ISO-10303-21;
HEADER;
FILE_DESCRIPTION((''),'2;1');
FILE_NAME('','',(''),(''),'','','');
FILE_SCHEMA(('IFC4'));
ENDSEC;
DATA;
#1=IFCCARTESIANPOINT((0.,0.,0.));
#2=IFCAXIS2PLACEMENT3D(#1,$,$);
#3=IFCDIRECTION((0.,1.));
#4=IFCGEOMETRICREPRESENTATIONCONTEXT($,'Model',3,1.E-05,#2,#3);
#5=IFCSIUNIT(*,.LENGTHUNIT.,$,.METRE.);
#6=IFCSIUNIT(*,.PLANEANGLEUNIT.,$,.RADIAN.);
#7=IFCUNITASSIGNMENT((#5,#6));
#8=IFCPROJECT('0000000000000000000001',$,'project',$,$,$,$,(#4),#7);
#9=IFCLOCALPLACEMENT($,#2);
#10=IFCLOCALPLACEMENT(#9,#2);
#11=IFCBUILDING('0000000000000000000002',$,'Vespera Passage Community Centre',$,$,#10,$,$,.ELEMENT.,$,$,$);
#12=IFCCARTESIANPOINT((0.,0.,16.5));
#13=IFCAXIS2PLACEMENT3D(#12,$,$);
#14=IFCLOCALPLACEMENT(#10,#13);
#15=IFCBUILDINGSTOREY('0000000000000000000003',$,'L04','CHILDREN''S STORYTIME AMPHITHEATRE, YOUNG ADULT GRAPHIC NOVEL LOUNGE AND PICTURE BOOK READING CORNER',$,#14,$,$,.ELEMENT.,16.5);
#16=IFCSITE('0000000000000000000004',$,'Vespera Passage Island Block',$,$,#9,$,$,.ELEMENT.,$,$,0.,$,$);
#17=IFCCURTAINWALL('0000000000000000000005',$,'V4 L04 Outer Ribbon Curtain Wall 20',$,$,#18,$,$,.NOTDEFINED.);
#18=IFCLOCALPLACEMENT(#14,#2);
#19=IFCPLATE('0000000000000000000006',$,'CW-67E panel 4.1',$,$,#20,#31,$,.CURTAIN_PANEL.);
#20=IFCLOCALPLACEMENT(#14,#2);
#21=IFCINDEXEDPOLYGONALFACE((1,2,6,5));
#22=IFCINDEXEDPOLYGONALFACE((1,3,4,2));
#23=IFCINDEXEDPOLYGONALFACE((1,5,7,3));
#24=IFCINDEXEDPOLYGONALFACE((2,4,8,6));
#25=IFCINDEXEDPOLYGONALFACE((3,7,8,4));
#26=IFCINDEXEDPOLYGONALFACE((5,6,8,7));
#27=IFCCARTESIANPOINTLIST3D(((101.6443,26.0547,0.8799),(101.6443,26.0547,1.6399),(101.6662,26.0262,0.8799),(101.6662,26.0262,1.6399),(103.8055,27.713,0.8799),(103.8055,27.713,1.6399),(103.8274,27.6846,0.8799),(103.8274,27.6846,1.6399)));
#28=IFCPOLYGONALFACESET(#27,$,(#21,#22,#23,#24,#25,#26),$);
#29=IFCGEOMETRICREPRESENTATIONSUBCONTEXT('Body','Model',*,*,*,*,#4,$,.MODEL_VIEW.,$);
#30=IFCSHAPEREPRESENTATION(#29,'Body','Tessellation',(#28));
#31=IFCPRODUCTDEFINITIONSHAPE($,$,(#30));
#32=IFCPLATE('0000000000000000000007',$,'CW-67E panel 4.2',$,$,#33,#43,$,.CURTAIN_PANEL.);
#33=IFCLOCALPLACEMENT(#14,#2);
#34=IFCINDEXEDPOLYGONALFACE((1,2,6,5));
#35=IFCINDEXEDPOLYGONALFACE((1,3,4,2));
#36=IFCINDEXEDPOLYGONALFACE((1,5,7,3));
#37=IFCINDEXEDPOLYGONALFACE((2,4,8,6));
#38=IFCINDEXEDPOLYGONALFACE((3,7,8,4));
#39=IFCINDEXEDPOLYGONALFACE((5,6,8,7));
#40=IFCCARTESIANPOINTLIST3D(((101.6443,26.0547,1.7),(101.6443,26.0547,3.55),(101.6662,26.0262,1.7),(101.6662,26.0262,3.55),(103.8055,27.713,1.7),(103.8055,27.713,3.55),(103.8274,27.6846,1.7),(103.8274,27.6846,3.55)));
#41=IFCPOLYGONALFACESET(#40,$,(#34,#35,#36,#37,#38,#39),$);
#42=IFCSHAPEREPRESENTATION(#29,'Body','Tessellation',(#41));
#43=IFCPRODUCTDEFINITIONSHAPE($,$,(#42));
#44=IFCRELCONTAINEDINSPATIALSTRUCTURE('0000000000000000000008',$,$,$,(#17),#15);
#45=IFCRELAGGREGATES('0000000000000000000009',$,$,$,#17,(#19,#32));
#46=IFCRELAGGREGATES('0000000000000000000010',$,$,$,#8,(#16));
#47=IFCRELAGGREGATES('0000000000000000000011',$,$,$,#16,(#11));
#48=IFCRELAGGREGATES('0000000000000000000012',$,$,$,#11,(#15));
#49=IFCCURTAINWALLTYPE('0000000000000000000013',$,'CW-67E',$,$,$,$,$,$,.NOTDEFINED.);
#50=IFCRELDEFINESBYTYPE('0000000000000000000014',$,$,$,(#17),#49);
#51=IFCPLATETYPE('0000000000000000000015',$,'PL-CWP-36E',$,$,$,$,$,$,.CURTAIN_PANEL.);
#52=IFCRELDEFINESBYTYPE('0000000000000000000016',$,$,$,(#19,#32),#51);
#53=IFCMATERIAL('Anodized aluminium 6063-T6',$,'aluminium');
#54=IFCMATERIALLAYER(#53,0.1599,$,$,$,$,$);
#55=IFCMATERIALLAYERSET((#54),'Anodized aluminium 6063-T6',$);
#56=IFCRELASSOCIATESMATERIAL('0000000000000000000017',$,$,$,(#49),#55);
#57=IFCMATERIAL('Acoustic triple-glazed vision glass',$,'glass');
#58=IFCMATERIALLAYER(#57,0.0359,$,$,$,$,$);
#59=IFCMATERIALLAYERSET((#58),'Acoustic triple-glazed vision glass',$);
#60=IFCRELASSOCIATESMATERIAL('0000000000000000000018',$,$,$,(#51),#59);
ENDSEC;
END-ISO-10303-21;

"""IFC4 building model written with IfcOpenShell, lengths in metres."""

from ifc_helpers import new_model, si_unit, direction, frame, origin, origin_2d, place, context, subcontext, project, spatial, rectangle, extrude, material, layer, layer_set, type_object, element, aggregate, save


model = new_model("IFC4")

# Units and contexts
model_context = context("Model", 3, precision=1e-05, world=origin(), true_north=direction((0.0, 1.0)))
body_context = subcontext(model_context, "Body", "Model", "MODEL_VIEW")
ifc_project = project(units=[si_unit("LENGTHUNIT", "METRE"), si_unit("PLANEANGLEUNIT", "RADIAN")], contexts=[model_context])

# Site, building, storey
site_placement = place(None, origin())
site = spatial("IfcSite", under=ifc_project, at=site_placement, Name="Vespera Passage Island Block", CompositionType="ELEMENT", RefElevation=0.0)
building_placement = place(site_placement, origin())
building = spatial("IfcBuilding", under=site, at=building_placement, Name="Vespera Passage Community Centre", CompositionType="ELEMENT")
storey_placement = place(building_placement, frame((0.0, 0.0, 16.5)))
storey = spatial("IfcBuildingStorey", under=building, at=storey_placement, Name="L04", Description="CHILDREN'S STORYTIME AMPHITHEATRE, YOUNG ADULT GRAPHIC NOVEL LOUNGE AND PICTURE BOOK READING CORNER", CompositionType="ELEMENT", Elevation=16.5)

# Curtain wall
ifc_material_1 = material(Name="Anodized aluminium 6063-T6", Category="aluminium")
ifc_layer_1 = layer(ifc_material_1, 0.1599)
ifc_layer_set_1 = layer_set([ifc_layer_1], Name="Anodized aluminium 6063-T6")
curtain_wall_type_1 = type_object("IfcCurtainWallType", Name="CW-67E", PredefinedType="NOTDEFINED", material=ifc_layer_set_1)
curtain_wall_1_placement = place(storey_placement, origin())
curtain_wall_1 = element("IfcCurtainWall", 1, at=curtain_wall_1_placement, inside=storey, type_object=curtain_wall_type_1, Name="V4 L04 Outer Ribbon Curtain Wall 20", PredefinedType="NOTDEFINED")

# Plates
ifc_material_2 = material(Name="Acoustic triple-glazed vision glass", Category="glass")
ifc_layer_2 = layer(ifc_material_2, 0.0359)
ifc_layer_set_2 = layer_set([ifc_layer_2], Name="Acoustic triple-glazed vision glass")
plate_type = type_object("IfcPlateType", Name="PL-CWP-36E", PredefinedType="CURTAIN_PANEL", material=ifc_layer_set_2)
plate_1_placement = place(storey_placement, frame((102.7358, 26.8696, 0.8799), z_axis=(0.0, 0.0, 1.0), x_axis=(-0.793348, -0.608768, 0.0)))
plate_1 = element("IfcPlate", 2, at=plate_1_placement, type_object=plate_type, Name="CW-67E panel 4.1", PredefinedType="CURTAIN_PANEL", context=body_context, shape_type="SweptSolid", body=[
    extrude(rectangle(XDim=2.7241, YDim=0.0359, at=origin_2d()), origin(), (0.0, 0.0, 1.0), 0.76),
])
plate_2_placement = place(storey_placement, frame((102.7358, 26.8696, 1.7), z_axis=(0.0, 0.0, 1.0), x_axis=(-0.793348, -0.608768, 0.0)))
plate_2 = element("IfcPlate", 3, at=plate_2_placement, type_object=plate_type, Name="CW-67E panel 4.2", PredefinedType="CURTAIN_PANEL", context=body_context, shape_type="SweptSolid", body=[
    extrude(rectangle(XDim=2.7241, YDim=0.0359, at=origin_2d()), origin(), (0.0, 0.0, 1.0), 1.8501),
])
aggregate(curtain_wall_1, [plate_1, plate_2])

save(model, "model.ifc")
